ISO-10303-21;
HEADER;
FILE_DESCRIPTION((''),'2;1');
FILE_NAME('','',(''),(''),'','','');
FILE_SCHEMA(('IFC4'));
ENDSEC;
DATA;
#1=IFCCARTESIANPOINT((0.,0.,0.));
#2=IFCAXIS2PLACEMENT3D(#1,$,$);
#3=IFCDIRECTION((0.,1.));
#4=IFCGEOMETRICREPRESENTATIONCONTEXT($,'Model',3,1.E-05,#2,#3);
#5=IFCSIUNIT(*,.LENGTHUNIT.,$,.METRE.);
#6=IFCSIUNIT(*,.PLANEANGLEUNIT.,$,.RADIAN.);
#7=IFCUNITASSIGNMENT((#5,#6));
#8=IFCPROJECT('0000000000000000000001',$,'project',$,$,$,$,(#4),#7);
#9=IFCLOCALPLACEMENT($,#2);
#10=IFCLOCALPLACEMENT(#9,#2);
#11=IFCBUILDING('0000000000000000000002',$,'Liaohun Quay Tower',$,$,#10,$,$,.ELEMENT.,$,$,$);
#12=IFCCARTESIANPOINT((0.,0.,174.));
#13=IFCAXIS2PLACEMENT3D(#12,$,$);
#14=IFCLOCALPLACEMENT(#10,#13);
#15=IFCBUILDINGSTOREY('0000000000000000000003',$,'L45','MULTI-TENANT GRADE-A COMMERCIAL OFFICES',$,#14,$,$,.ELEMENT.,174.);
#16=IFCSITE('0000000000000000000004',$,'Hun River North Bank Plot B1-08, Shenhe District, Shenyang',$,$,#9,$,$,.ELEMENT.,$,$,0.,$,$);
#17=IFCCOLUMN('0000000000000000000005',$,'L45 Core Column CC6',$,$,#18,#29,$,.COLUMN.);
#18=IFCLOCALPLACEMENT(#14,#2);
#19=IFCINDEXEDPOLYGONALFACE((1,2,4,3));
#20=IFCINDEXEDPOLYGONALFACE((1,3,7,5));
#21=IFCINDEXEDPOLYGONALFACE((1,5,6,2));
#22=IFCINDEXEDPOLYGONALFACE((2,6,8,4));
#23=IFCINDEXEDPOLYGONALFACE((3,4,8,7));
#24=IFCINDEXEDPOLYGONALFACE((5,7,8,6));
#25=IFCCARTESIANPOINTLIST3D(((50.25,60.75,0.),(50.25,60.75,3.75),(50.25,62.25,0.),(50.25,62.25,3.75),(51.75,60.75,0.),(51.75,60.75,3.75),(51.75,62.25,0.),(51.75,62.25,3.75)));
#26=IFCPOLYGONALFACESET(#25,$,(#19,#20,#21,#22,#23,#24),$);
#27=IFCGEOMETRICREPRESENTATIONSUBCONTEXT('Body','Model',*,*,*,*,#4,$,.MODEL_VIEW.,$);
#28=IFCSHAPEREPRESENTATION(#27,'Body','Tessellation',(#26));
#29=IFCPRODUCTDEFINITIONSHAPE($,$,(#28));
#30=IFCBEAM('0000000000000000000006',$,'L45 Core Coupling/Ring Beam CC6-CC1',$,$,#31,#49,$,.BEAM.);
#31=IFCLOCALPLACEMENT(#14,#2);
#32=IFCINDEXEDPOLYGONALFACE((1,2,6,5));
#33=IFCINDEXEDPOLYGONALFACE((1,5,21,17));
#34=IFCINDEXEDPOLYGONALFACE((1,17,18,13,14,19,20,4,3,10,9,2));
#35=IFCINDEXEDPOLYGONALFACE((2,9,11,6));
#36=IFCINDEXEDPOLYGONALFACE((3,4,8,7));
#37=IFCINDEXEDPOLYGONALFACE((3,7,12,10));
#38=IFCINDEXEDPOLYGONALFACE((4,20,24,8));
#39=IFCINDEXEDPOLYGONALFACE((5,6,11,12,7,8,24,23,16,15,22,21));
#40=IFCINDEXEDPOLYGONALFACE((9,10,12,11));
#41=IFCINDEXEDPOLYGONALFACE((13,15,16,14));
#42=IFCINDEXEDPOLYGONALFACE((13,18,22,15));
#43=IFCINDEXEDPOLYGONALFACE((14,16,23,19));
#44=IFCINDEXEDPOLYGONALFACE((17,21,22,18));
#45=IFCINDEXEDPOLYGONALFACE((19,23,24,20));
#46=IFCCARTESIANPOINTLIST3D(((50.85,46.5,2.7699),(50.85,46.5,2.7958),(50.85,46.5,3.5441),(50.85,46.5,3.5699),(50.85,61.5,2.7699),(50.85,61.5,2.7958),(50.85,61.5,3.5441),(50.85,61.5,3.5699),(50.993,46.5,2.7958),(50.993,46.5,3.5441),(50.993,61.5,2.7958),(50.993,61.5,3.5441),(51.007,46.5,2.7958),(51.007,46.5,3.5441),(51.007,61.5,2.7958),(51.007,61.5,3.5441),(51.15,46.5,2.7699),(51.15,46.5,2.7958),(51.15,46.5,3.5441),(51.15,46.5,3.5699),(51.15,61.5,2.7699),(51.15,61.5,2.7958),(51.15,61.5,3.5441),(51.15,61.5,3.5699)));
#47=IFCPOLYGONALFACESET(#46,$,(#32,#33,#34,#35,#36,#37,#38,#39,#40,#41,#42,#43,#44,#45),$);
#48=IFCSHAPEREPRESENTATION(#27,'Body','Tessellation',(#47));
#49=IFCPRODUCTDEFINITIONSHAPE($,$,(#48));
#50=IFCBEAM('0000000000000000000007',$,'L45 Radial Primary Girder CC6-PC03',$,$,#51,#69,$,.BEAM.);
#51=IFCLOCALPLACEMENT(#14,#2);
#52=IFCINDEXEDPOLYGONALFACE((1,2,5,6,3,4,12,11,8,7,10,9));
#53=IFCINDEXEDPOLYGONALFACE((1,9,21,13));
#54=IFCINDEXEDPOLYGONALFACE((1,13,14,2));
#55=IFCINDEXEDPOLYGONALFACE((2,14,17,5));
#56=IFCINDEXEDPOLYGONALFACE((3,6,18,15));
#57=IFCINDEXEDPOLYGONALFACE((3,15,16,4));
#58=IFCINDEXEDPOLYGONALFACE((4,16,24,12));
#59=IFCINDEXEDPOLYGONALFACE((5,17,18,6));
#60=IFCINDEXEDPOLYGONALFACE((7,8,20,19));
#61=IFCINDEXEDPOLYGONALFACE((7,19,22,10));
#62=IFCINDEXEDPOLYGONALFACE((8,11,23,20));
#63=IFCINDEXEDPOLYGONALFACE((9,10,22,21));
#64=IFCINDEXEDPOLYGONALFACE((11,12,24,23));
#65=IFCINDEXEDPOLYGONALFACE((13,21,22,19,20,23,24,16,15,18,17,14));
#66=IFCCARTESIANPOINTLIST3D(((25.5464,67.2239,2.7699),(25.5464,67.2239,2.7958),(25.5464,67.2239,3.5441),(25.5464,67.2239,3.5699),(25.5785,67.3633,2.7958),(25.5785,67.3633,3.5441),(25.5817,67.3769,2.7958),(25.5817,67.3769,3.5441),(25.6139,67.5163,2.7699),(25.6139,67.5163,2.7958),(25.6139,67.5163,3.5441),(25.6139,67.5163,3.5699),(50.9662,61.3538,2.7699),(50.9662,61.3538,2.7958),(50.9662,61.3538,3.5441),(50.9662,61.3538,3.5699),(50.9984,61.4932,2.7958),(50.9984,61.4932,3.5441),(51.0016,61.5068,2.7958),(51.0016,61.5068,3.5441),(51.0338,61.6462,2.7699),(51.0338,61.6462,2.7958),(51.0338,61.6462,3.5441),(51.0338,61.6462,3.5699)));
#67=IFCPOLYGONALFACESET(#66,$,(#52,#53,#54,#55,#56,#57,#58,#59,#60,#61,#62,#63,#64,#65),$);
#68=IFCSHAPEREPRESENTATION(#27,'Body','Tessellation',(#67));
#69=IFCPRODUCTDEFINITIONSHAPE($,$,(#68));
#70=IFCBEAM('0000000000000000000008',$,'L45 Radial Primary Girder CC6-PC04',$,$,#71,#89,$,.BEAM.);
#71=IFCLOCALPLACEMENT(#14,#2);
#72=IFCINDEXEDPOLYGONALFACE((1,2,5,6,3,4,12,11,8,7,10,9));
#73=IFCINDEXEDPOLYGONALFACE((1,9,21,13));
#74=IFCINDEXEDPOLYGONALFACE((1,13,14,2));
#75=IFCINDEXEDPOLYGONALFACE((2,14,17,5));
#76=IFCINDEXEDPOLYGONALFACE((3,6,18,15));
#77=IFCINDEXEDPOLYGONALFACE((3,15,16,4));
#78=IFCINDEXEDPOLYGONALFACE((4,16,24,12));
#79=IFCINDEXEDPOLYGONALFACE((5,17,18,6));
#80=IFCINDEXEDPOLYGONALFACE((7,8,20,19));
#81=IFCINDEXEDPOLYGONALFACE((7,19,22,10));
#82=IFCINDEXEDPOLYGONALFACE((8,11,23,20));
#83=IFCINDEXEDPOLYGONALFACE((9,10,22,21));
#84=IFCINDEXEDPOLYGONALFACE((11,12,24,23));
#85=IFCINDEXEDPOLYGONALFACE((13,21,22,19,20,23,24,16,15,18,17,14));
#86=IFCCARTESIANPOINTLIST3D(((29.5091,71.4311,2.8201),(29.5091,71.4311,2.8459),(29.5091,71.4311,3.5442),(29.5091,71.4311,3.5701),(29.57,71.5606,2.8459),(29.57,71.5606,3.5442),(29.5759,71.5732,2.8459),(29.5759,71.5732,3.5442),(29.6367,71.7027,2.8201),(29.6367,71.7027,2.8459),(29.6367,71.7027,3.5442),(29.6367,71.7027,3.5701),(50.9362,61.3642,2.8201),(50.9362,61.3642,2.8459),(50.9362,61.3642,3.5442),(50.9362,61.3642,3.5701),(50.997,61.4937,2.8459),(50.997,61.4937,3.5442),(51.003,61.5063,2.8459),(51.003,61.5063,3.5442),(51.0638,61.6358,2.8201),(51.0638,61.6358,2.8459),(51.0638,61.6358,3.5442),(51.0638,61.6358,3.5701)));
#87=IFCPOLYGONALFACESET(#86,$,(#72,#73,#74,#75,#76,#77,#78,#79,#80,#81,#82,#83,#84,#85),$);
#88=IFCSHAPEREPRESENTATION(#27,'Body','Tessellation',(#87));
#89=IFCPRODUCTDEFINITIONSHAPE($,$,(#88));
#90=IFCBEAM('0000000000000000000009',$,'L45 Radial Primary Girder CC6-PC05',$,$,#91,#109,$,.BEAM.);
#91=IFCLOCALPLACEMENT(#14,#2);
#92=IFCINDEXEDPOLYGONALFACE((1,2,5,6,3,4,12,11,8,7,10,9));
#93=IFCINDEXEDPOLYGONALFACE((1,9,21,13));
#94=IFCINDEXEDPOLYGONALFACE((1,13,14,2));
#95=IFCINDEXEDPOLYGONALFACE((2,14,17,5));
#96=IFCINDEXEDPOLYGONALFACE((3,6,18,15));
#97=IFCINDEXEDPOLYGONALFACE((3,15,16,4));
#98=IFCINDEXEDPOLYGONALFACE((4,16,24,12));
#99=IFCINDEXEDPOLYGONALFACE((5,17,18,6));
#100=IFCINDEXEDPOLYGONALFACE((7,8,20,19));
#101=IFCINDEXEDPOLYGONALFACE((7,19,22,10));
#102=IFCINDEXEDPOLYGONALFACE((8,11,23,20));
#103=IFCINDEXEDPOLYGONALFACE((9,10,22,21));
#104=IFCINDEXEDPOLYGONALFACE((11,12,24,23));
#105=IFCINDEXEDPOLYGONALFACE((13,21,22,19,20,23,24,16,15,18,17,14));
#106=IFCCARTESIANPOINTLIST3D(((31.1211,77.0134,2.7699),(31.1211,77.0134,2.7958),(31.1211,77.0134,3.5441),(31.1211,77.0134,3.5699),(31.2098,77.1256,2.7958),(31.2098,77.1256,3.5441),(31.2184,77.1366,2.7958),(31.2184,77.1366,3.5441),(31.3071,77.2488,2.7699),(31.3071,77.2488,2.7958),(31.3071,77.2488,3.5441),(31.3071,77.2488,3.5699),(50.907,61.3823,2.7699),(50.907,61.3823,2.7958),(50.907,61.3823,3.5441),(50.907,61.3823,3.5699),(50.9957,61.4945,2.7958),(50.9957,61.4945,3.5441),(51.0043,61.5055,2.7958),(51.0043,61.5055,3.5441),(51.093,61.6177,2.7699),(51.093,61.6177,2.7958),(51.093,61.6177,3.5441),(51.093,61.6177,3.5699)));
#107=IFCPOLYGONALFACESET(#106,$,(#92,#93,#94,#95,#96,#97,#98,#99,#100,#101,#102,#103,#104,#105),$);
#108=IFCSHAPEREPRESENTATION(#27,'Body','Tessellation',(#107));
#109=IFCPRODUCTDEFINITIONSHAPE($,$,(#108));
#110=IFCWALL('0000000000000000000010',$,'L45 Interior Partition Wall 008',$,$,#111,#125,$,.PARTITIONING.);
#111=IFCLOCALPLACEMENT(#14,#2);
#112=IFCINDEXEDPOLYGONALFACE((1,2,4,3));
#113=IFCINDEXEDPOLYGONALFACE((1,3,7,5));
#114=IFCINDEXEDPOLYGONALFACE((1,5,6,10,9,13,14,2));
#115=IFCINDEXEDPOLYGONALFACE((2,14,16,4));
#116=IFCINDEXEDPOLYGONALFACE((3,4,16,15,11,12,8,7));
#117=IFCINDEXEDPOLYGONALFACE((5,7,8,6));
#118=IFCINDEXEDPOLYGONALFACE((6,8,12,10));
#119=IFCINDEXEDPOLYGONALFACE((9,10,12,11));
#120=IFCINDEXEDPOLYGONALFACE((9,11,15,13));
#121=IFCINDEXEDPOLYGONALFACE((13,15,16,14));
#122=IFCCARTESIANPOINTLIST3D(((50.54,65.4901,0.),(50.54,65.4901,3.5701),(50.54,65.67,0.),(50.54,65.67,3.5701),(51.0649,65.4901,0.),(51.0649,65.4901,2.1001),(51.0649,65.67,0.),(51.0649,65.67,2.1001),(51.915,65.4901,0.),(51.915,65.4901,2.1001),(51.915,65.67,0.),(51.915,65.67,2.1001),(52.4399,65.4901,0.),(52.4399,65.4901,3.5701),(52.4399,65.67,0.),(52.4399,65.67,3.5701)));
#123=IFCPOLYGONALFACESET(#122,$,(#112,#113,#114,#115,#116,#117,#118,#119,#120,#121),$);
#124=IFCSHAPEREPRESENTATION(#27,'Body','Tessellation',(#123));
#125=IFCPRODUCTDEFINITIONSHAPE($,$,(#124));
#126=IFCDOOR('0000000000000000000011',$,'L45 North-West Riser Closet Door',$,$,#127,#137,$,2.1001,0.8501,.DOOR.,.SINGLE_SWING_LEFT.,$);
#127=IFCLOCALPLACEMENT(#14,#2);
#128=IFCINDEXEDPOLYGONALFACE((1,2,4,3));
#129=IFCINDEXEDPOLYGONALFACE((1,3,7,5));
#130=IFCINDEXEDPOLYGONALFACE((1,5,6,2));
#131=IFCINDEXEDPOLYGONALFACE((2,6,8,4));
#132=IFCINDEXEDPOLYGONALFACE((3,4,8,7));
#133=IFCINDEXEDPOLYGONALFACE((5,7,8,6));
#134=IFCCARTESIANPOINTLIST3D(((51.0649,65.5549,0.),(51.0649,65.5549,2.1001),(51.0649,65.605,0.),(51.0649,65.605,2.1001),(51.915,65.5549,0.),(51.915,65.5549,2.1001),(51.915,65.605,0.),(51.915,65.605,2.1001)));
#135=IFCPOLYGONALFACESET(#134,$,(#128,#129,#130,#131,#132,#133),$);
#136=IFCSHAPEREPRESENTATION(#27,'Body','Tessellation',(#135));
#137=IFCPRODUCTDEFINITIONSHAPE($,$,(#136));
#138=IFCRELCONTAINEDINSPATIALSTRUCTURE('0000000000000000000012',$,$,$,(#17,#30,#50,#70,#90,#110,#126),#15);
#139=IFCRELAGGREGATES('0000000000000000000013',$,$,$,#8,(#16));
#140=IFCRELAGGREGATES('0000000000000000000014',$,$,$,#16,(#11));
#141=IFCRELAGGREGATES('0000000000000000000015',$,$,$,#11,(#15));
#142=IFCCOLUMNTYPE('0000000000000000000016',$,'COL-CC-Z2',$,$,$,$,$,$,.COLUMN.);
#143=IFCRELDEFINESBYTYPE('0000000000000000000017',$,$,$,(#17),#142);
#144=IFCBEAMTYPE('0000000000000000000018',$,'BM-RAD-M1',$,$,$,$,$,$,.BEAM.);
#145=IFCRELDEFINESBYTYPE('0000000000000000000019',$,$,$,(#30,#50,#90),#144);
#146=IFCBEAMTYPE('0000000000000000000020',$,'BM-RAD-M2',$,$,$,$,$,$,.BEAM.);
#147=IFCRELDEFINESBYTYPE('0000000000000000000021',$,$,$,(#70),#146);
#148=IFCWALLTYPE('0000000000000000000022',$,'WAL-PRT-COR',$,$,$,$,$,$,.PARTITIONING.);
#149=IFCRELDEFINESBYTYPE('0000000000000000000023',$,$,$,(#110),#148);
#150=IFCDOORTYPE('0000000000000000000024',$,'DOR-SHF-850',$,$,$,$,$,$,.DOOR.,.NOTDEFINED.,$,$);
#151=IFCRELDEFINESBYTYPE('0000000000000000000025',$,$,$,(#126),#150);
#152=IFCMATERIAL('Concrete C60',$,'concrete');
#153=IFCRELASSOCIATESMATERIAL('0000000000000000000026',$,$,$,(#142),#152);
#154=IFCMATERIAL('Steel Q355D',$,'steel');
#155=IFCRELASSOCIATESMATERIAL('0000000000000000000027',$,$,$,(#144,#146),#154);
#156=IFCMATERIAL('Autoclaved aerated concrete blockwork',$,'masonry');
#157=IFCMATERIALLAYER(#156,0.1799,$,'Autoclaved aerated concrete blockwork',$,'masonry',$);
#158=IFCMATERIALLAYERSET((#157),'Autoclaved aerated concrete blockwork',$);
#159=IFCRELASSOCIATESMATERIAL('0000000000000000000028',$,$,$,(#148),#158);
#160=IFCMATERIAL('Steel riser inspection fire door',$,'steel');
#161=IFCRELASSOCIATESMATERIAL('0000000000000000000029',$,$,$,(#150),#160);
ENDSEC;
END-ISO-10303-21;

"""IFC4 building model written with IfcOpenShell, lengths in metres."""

from ifc_helpers import new_model, si_unit, direction, frame, frame_2d, origin, origin_2d, place, context, subcontext, project, spatial, rectangle, i_section, extrude, source, transform, mapped, material, layer, layer_set, material_profile, profile_set, type_object, element, fill, save


model = new_model("IFC4")

# Units and contexts
model_context = context("Model", 3, precision=1e-05, world=origin(), true_north=direction((0.0, 1.0)))
body_context = subcontext(model_context, "Body", "Model", "MODEL_VIEW")
ifc_project = project(units=[si_unit("LENGTHUNIT", "METRE"), si_unit("PLANEANGLEUNIT", "RADIAN")], contexts=[model_context])

# Site, building, storey
site_placement = place(None, origin())
site = spatial("IfcSite", under=ifc_project, at=site_placement, Name="Hun River North Bank Plot B1-08, Shenhe District, Shenyang", CompositionType="ELEMENT", RefElevation=0.0)
building_placement = place(site_placement, origin())
building = spatial("IfcBuilding", under=site, at=building_placement, Name="Liaohun Quay Tower", CompositionType="ELEMENT")
storey_placement = place(building_placement, frame((0.0, 0.0, 174.0)))
storey = spatial("IfcBuildingStorey", under=building, at=storey_placement, Name="L45", Description="MULTI-TENANT GRADE-A COMMERCIAL OFFICES", CompositionType="ELEMENT", Elevation=174.0)

# Column
ifc_material_1 = material(Name="Concrete C60", Category="concrete")
ifc_material_profile_1 = material_profile(ifc_material_1, rectangle(XDim=1.5, YDim=1.5, at=origin_2d()), Name="RC1500x1500")
ifc_profile_set_1 = profile_set([ifc_material_profile_1], Name="Concrete C60")
column_type = type_object("IfcColumnType", Name="COL-CC-Z2", PredefinedType="COLUMN", material=ifc_profile_set_1)
shared_shape_1 = source(origin(), body_context, "Body", "SweptSolid", [
    extrude(rectangle(XDim=1.5, YDim=1.5, at=origin_2d()), origin(), (0.0, 0.0, 1.0), 3.75),
])
column_placement = place(storey_placement, frame((51.0, 61.5, 0.0), z_axis=(0.0, 0.0, 1.0), x_axis=(1.0, 0.0, 0.0)))
element("IfcColumn", 1, at=column_placement, inside=storey, type_object=column_type, Name="L45 Core Column CC6", PredefinedType="COLUMN", context=body_context, shape_type="MappedRepresentation", body=[
    mapped(shared_shape_1, transform((0.0, 0.0, 0.0), x_axis=(1.0, 0.0, 0.0), y_axis=(0.0, 1.0, 0.0), z_axis=(0.0, 0.0, 1.0), scale=1.0)),
])

# Beams
ifc_material_2 = material(Name="Steel Q355D", Category="steel")
ifc_material_profile_2 = material_profile(ifc_material_2, i_section(OverallWidth=0.3, OverallDepth=0.8, WebThickness=0.0139, FlangeThickness=0.0259, at=origin_2d()), Name="HN800x300x14x26")
ifc_profile_set_2 = profile_set([ifc_material_profile_2], Name="Steel Q355D")
beam_type_1 = type_object("IfcBeamType", Name="BM-RAD-M1", PredefinedType="BEAM", material=ifc_profile_set_2)
shared_shape_2 = source(origin(), body_context, "Body", "SweptSolid", [
    extrude(i_section(OverallWidth=0.3, OverallDepth=0.8, WebThickness=0.0139, FlangeThickness=0.0259, at=origin_2d()), origin(), (0.0, 0.0, 1.0), 15.0),
])
beam_1_placement = place(storey_placement, frame((51.0, 61.5, 3.1699), z_axis=(0.0, -1.0, 0.0), x_axis=(1.0, 0.0, 0.0)))
element("IfcBeam", 2, at=beam_1_placement, inside=storey, type_object=beam_type_1, Name="L45 Core Coupling/Ring Beam CC6-CC1", PredefinedType="BEAM", context=body_context, shape_type="MappedRepresentation", body=[
    mapped(shared_shape_2, transform((0.0, 0.0, 0.0), x_axis=(1.0, 0.0, 0.0), y_axis=(0.0, 1.0, 0.0), z_axis=(0.0, 0.0, 1.0), scale=1.0)),
])
shared_shape_3 = source(origin(), body_context, "Body", "SweptSolid", [
    extrude(i_section(OverallWidth=0.3, OverallDepth=0.8, WebThickness=0.0139, FlangeThickness=0.0259, at=origin_2d()), origin(), (0.0, 0.0, 1.0), 26.0889),
])
beam_2_placement = place(storey_placement, frame((51.0, 61.5, 3.1699), z_axis=(-0.974358, 0.225004, 0.0), x_axis=(-0.225004, -0.974358, 0.0)))
element("IfcBeam", 3, at=beam_2_placement, inside=storey, type_object=beam_type_1, Name="L45 Radial Primary Girder CC6-PC03", PredefinedType="BEAM", context=body_context, shape_type="MappedRepresentation", body=[
    mapped(shared_shape_3, transform((0.0, 0.0, 0.0), x_axis=(1.0, 0.0, 0.0), y_axis=(0.0, 1.0, 0.0), z_axis=(0.0, 0.0, 1.0), scale=1.0)),
])
ifc_material_profile_3 = material_profile(ifc_material_2, i_section(OverallWidth=0.3, OverallDepth=0.75, WebThickness=0.0139, FlangeThickness=0.0259, at=origin_2d()), Name="HN750x300x14x26")
ifc_profile_set_3 = profile_set([ifc_material_profile_3], Name="Steel Q355D")
beam_type_2 = type_object("IfcBeamType", Name="BM-RAD-M2", PredefinedType="BEAM", material=ifc_profile_set_3)
shared_shape_4 = source(origin(), body_context, "Body", "SweptSolid", [
    extrude(i_section(OverallWidth=0.3, OverallDepth=0.75, WebThickness=0.0139, FlangeThickness=0.0259, at=origin_2d()), origin(), (0.0, 0.0, 1.0), 23.6741),
])
beam_3_placement = place(storey_placement, frame((51.0, 61.5, 3.1951), z_axis=(-0.905085, 0.42523, 0.0), x_axis=(-0.42523, -0.905085, 0.0)))
element("IfcBeam", 4, at=beam_3_placement, inside=storey, type_object=beam_type_2, Name="L45 Radial Primary Girder CC6-PC04", PredefinedType="BEAM", context=body_context, shape_type="MappedRepresentation", body=[
    mapped(shared_shape_4, transform((0.0, 0.0, 0.0), x_axis=(1.0, 0.0, 0.0), y_axis=(0.0, 1.0, 0.0), z_axis=(0.0, 0.0, 1.0), scale=1.0)),
])
shared_shape_5 = source(origin(), body_context, "Body", "SweptSolid", [
    extrude(i_section(OverallWidth=0.3, OverallDepth=0.8, WebThickness=0.0139, FlangeThickness=0.0259, at=origin_2d()), origin(), (0.0, 0.0, 1.0), 25.2153),
])
beam_4_placement = place(storey_placement, frame((51.0, 61.5, 3.1699), z_axis=(-0.784677, 0.619905, 0.0), x_axis=(-0.619905, -0.784677, 0.0)))
element("IfcBeam", 5, at=beam_4_placement, inside=storey, type_object=beam_type_1, Name="L45 Radial Primary Girder CC6-PC05", PredefinedType="BEAM", context=body_context, shape_type="MappedRepresentation", body=[
    mapped(shared_shape_5, transform((0.0, 0.0, 0.0), x_axis=(1.0, 0.0, 0.0), y_axis=(0.0, 1.0, 0.0), z_axis=(0.0, 0.0, 1.0), scale=1.0)),
])

# Wall, opening, door
ifc_material_3 = material(Name="Autoclaved aerated concrete blockwork", Category="masonry")
ifc_layer_1 = layer(ifc_material_3, 0.1799, Name="Autoclaved aerated concrete blockwork", Category="masonry")
ifc_layer_set_1 = layer_set([ifc_layer_1], Name="Autoclaved aerated concrete blockwork")
wall_type_1 = type_object("IfcWallType", Name="WAL-PRT-COR", PredefinedType="PARTITIONING", material=ifc_layer_set_1)
wall_1_placement = place(storey_placement, frame((50.54, 65.5801, 0.0), z_axis=(0.0, 0.0, 1.0), x_axis=(1.0, 0.0, 0.0)))
wall_1 = element("IfcWall", 6, at=wall_1_placement, inside=storey, type_object=wall_type_1, Name="L45 Interior Partition Wall 008", PredefinedType="PARTITIONING", context=body_context, shape_type="SweptSolid", body=[
    extrude(rectangle(XDim=1.8999, YDim=0.1799, at=frame_2d((0.95, 0.0))), origin(), (0.0, 0.0, 1.0), 3.5701),
])
shared_shape_6 = source(origin(), body_context, "Body", "SweptSolid", [
    extrude(rectangle(XDim=0.8501, YDim=2.1001, at=frame_2d((0.425, 1.05))), frame((0.0, 0.0999, 0.0), z_axis=(0.0, -1.0, 0.0), x_axis=(1.0, 0.0, 0.0)), (0.0, 0.0, 1.0), 0.2),
])
opening_1_placement = place(wall_1_placement, frame((0.5249, 0.0, 0.0)))
opening_1 = element("IfcOpeningElement", 7, at=opening_1_placement, cuts=wall_1, PredefinedType="OPENING", context=body_context, shape_type="MappedRepresentation", body=[
    mapped(shared_shape_6, transform((0.0, 0.0, 0.0), x_axis=(1.0, 0.0, 0.0), y_axis=(0.0, 1.0, 0.0), z_axis=(0.0, 0.0, 1.0), scale=1.0)),
])
ifc_material_4 = material(Name="Steel riser inspection fire door", Category="steel")
door_type_1 = type_object("IfcDoorType", Name="DOR-SHF-850", OperationType="NOTDEFINED", PredefinedType="DOOR", material=ifc_material_4)
shared_shape_7 = source(origin(), body_context, "Body", "SweptSolid", [
    extrude(rectangle(XDim=0.8501, YDim=2.1001, at=frame_2d((0.425, 1.05))), frame((0.0, 0.0249, 0.0), z_axis=(0.0, -1.0, 0.0), x_axis=(1.0, 0.0, 0.0)), (0.0, 0.0, 1.0), 0.05),
])
door_1_placement = place(opening_1_placement, origin())
door_1 = element("IfcDoor", 8, at=door_1_placement, inside=storey, type_object=door_type_1, Name="L45 North-West Riser Closet Door", OperationType="SINGLE_SWING_LEFT", OverallHeight=2.1001, OverallWidth=0.8501, PredefinedType="DOOR", context=body_context, shape_type="MappedRepresentation", body=[
    mapped(shared_shape_7, transform((0.0, 0.0, 0.0), x_axis=(1.0, 0.0, 0.0), y_axis=(0.0, 1.0, 0.0), z_axis=(0.0, 0.0, 1.0), scale=1.0)),
])
fill(opening_1, door_1)

save(model, "model.ifc")
